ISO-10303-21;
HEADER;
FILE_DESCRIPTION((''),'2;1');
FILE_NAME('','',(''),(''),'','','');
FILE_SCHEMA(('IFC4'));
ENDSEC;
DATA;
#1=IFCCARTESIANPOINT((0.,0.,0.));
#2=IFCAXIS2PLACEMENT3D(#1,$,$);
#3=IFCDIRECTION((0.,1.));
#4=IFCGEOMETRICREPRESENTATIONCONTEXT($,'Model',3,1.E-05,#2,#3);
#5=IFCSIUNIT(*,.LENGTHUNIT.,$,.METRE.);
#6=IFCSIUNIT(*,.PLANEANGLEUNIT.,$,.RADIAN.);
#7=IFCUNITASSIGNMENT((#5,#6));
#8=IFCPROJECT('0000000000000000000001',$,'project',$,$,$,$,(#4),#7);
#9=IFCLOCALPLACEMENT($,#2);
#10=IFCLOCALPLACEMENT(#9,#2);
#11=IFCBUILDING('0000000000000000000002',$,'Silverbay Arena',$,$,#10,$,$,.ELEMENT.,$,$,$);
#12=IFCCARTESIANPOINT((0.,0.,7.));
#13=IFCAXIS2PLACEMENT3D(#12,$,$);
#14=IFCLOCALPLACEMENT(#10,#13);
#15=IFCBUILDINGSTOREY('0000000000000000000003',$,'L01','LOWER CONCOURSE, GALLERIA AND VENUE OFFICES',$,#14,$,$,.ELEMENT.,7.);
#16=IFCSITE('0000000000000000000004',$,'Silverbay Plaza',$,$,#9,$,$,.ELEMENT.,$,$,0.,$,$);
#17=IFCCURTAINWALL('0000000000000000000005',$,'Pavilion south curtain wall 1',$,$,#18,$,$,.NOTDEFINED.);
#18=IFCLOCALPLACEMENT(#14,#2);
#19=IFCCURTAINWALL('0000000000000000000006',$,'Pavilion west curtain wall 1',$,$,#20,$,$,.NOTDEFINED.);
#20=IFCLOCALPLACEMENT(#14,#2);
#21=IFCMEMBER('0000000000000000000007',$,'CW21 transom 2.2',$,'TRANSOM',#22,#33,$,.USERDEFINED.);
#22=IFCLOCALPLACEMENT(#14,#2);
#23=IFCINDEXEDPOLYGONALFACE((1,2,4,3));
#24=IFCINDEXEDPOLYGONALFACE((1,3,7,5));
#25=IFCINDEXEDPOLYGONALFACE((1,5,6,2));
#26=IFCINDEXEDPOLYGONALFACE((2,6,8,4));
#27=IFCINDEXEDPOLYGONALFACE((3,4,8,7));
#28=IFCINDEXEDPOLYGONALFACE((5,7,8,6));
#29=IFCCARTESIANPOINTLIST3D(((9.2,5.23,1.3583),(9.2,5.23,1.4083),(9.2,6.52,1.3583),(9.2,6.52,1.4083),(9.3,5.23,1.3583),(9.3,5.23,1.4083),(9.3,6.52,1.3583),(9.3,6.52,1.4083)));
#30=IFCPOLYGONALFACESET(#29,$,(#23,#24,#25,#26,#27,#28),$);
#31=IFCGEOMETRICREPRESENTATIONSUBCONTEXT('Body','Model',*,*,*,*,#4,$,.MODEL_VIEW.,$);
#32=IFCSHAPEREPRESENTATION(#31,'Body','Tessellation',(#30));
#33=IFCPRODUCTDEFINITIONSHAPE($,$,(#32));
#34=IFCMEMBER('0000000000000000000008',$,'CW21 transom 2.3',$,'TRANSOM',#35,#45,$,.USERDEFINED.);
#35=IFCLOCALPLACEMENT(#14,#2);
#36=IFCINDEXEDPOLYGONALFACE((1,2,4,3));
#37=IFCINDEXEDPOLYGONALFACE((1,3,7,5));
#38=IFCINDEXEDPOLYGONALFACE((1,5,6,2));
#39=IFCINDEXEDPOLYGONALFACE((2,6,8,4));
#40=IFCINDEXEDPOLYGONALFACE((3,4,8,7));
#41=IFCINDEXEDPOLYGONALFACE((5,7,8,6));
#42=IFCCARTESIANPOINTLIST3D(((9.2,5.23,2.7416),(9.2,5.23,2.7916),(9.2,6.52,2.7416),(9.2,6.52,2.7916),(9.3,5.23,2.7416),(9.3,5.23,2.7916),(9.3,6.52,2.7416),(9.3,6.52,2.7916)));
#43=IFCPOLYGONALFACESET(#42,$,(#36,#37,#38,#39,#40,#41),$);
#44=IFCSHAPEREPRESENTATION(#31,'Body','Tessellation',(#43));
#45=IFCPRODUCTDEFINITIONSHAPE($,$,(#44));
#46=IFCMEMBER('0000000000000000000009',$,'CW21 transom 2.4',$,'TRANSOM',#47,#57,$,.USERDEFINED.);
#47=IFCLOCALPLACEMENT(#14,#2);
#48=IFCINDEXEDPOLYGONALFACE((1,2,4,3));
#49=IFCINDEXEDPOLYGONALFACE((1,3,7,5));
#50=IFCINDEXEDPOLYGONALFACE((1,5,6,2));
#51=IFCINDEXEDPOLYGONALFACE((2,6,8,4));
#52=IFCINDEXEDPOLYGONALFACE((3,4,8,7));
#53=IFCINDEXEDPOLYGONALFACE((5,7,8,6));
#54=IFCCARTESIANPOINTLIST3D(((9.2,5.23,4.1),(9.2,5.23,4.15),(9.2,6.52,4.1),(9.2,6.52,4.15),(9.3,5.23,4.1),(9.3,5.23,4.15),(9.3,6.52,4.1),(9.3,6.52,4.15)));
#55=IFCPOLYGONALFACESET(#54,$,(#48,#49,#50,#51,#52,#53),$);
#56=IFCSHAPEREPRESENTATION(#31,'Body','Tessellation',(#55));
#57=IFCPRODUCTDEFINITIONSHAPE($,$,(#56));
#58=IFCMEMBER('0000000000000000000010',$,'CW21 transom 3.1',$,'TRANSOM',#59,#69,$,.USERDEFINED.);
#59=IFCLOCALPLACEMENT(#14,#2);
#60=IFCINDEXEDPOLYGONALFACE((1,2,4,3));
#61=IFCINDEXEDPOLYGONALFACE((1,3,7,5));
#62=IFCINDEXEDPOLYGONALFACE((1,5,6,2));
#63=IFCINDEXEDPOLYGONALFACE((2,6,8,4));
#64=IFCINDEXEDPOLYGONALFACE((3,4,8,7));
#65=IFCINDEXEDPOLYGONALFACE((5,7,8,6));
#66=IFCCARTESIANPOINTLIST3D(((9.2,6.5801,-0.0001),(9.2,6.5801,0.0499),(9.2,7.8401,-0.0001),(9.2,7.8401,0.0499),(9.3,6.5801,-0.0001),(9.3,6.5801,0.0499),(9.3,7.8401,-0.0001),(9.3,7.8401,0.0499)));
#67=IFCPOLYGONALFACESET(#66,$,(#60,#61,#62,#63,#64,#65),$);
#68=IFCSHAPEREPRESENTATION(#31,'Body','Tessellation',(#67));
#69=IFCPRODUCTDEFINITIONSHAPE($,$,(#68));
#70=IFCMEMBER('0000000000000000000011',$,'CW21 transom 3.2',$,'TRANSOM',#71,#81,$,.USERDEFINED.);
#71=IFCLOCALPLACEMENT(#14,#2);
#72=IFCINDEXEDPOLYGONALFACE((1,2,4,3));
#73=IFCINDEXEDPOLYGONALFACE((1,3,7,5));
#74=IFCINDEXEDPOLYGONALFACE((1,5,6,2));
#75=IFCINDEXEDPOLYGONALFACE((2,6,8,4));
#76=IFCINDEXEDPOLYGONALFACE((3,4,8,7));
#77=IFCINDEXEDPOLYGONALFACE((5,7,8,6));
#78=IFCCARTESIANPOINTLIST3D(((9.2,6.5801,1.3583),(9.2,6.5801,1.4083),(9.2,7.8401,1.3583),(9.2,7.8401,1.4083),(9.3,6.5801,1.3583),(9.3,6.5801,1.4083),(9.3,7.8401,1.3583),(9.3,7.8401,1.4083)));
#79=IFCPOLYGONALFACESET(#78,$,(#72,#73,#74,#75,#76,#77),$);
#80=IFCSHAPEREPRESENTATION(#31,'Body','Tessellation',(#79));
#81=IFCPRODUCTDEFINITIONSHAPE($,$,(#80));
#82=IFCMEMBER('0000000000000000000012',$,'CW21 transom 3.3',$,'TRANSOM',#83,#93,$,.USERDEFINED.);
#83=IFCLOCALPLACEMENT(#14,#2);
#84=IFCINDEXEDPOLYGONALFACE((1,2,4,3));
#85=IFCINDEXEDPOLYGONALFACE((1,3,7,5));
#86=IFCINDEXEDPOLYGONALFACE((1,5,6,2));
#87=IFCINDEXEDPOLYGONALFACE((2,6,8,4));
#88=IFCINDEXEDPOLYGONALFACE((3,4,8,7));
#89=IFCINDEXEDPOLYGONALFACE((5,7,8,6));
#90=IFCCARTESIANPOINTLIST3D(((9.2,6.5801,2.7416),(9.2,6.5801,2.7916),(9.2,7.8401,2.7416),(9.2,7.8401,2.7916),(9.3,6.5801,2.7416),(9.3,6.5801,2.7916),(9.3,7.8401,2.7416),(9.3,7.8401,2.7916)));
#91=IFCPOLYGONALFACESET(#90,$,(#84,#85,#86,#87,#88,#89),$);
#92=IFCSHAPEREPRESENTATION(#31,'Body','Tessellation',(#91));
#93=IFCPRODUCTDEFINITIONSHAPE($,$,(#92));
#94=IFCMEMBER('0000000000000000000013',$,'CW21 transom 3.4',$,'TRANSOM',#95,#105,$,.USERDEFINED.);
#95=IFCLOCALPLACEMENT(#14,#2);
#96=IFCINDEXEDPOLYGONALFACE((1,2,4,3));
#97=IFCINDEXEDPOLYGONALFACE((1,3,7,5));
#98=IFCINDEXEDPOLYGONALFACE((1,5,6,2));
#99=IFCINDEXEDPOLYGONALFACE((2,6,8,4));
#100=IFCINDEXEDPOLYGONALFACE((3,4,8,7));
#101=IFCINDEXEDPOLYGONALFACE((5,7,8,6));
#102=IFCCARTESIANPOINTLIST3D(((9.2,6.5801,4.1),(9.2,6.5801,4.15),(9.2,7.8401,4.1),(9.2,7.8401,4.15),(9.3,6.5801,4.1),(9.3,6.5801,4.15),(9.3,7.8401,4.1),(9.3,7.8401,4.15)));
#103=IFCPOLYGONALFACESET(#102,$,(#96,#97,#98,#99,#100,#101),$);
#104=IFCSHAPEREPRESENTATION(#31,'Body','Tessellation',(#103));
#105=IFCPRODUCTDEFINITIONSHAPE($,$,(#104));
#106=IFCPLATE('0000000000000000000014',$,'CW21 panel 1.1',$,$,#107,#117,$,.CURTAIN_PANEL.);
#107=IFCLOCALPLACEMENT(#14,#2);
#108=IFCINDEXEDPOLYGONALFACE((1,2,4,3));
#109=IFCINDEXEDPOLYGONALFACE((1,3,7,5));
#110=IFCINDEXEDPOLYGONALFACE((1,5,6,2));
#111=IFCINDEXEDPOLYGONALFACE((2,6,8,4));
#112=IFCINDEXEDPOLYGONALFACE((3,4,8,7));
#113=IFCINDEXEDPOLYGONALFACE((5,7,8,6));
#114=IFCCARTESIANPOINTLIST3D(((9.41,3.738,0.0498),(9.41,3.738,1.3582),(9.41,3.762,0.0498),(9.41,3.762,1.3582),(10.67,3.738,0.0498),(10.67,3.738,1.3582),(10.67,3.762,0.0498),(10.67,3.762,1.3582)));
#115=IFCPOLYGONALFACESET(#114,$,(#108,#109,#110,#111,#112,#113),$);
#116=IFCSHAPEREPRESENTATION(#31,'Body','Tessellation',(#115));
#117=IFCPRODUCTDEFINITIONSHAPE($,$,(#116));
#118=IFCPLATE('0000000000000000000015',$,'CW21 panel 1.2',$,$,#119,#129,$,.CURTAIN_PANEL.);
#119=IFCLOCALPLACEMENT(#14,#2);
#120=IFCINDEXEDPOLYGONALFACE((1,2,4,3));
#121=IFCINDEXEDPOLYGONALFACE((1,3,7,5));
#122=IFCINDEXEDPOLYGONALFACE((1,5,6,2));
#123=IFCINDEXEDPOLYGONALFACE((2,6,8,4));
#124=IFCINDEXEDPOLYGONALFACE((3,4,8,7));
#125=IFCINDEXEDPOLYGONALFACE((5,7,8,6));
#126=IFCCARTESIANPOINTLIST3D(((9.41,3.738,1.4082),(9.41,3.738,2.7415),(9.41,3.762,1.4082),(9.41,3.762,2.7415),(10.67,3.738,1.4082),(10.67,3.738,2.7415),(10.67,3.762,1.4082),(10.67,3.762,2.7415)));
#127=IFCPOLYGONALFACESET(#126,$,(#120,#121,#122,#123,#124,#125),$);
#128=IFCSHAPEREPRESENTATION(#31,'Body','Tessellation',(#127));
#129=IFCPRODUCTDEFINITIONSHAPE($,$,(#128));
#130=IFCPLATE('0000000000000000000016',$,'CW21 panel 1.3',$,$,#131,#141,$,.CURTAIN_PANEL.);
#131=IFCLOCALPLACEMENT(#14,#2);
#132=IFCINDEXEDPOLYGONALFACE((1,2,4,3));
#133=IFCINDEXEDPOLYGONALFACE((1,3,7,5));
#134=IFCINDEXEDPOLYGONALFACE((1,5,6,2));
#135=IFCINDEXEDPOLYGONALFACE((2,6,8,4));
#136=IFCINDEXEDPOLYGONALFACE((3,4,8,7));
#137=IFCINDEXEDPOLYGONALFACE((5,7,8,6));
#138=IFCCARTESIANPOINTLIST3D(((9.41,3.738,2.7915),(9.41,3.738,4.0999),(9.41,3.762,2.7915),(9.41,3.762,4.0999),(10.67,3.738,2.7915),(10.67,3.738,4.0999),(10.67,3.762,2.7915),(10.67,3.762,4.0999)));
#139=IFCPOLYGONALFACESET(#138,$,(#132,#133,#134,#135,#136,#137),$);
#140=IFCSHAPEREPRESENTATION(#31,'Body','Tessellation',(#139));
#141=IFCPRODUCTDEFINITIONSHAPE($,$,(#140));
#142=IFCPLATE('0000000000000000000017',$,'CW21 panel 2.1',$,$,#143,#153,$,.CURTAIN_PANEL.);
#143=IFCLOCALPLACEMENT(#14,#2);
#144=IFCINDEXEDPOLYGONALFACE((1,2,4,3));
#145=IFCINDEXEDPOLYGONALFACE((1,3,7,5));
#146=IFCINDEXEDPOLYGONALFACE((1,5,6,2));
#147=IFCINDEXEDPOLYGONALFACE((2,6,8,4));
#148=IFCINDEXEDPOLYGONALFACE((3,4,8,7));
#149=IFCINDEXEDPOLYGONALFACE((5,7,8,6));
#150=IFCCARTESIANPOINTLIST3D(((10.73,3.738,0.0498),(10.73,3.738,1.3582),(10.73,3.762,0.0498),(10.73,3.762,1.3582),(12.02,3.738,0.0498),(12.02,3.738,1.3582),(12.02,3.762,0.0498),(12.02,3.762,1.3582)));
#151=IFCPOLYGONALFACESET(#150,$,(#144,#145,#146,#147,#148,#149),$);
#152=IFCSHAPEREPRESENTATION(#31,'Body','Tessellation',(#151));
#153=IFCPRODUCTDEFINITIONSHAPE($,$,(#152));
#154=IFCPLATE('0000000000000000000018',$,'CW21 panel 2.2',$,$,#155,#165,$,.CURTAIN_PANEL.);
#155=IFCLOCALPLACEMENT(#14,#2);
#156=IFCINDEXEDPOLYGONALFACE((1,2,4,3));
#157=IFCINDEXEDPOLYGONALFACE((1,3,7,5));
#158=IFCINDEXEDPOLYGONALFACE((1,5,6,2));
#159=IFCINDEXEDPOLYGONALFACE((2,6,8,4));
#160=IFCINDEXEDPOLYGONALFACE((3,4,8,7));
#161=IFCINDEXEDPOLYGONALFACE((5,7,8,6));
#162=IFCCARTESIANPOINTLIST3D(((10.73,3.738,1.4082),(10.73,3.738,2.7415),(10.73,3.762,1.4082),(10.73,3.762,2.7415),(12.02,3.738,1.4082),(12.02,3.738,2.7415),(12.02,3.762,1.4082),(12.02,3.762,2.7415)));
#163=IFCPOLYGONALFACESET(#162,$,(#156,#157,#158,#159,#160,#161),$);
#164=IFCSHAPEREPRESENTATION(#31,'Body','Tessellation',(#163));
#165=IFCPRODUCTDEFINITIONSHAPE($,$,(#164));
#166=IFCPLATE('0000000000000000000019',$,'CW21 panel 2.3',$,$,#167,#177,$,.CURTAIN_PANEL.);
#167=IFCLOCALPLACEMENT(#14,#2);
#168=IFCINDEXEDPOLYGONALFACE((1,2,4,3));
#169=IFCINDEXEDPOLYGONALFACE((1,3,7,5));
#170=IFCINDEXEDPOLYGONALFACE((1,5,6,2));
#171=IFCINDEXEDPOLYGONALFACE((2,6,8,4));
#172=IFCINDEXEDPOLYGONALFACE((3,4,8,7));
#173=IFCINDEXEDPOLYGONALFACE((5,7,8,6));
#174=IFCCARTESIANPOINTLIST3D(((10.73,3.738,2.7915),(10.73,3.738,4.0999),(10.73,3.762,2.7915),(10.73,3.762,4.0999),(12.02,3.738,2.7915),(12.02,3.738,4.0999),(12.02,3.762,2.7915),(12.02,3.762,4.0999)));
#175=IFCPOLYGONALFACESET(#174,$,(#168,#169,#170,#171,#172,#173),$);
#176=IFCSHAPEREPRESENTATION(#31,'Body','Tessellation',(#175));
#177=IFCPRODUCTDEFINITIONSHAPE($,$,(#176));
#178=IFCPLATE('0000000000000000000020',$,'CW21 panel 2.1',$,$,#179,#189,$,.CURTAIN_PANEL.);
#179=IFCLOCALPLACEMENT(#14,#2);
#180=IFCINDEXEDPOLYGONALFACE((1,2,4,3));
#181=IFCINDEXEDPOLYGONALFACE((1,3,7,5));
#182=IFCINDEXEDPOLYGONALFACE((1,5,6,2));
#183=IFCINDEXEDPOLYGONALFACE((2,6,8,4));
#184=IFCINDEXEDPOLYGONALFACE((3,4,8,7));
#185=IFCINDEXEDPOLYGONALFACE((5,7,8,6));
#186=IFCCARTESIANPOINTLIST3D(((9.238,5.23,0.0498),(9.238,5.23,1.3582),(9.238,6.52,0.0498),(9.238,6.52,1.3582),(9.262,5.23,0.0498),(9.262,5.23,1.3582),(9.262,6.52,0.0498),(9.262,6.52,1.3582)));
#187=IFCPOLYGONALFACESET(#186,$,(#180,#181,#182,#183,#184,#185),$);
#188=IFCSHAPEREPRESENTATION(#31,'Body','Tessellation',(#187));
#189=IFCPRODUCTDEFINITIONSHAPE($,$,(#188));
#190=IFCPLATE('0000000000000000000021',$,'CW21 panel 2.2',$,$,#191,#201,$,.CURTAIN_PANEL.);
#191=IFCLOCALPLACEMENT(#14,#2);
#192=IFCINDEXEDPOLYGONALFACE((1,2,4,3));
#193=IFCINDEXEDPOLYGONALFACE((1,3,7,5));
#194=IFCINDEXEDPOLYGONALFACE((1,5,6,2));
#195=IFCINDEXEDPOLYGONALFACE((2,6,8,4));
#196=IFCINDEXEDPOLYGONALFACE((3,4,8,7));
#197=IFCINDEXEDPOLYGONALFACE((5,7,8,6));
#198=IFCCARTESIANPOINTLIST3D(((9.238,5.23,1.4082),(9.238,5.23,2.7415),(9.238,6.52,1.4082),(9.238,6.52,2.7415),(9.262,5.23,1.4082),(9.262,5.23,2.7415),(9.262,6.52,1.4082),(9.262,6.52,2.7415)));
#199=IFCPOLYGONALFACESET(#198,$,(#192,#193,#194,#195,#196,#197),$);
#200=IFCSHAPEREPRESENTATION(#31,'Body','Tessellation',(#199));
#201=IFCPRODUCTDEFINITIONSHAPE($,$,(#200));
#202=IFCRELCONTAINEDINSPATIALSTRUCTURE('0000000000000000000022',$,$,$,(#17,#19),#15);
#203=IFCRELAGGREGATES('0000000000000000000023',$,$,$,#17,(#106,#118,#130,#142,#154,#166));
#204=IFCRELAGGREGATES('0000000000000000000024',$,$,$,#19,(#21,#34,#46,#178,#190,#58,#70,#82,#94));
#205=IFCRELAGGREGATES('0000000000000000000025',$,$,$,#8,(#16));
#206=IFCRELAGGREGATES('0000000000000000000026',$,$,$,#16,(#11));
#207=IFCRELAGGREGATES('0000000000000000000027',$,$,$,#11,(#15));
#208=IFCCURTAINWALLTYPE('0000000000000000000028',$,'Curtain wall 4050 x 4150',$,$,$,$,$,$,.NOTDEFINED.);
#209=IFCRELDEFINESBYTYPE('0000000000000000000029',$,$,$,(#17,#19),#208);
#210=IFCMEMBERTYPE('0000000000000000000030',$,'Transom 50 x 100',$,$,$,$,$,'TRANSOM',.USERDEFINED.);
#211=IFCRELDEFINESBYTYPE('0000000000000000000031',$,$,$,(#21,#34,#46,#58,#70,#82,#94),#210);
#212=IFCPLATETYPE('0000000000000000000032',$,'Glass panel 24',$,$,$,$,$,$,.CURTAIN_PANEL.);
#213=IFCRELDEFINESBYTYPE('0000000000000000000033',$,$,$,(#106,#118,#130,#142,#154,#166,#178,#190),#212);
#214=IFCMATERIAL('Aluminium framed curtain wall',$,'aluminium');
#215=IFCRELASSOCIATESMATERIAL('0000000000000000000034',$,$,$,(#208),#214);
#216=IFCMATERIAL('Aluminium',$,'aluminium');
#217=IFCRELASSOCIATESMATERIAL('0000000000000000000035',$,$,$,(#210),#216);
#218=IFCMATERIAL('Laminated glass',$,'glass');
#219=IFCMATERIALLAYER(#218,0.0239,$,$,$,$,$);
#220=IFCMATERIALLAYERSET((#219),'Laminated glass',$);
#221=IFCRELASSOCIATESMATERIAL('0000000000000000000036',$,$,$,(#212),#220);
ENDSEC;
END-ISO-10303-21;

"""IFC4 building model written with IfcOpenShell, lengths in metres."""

from ifc_helpers import new_model, si_unit, direction, frame, origin, origin_2d, place, context, subcontext, project, spatial, rectangle, extrude, material, layer, layer_set, material_profile, profile_set, type_object, element, aggregate, save


model = new_model("IFC4")

# Units and contexts
model_context = context("Model", 3, precision=1e-05, world=origin(), true_north=direction((0.0, 1.0)))
body_context = subcontext(model_context, "Body", "Model", "MODEL_VIEW")
ifc_project = project(units=[si_unit("LENGTHUNIT", "METRE"), si_unit("PLANEANGLEUNIT", "RADIAN")], contexts=[model_context])

# Site, building, storey
site_placement = place(None, origin())
site = spatial("IfcSite", under=ifc_project, at=site_placement, Name="Silverbay Plaza", CompositionType="ELEMENT", RefElevation=0.0)
building_placement = place(site_placement, origin())
building = spatial("IfcBuilding", under=site, at=building_placement, Name="Silverbay Arena", CompositionType="ELEMENT")
storey_placement = place(building_placement, frame((0.0, 0.0, 7.0)))
storey = spatial("IfcBuildingStorey", under=building, at=storey_placement, Name="L01", Description="LOWER CONCOURSE, GALLERIA AND VENUE OFFICES", CompositionType="ELEMENT", Elevation=7.0)

# Curtain walls
ifc_material_1 = material(Name="Aluminium framed curtain wall", Category="aluminium")
curtain_wall_type = type_object("IfcCurtainWallType", Name="Curtain wall 4050 x 4150", PredefinedType="NOTDEFINED", material=ifc_material_1)
curtain_wall_1_placement = place(storey_placement, origin())
curtain_wall_1 = element("IfcCurtainWall", 1, at=curtain_wall_1_placement, inside=storey, type_object=curtain_wall_type, Name="Pavilion south curtain wall 1", PredefinedType="NOTDEFINED")
curtain_wall_2_placement = place(storey_placement, origin())
curtain_wall_2 = element("IfcCurtainWall", 2, at=curtain_wall_2_placement, inside=storey, type_object=curtain_wall_type, Name="Pavilion west curtain wall 1", PredefinedType="NOTDEFINED")

# Members
ifc_material_2 = material(Name="Aluminium", Category="aluminium")
ifc_material_profile_1 = material_profile(ifc_material_2, rectangle(XDim=0.1001, YDim=0.05, at=origin_2d()), Name="Transom 50 x 100")
ifc_profile_set_1 = profile_set([ifc_material_profile_1], Name="Aluminium")
member_type_1 = type_object("IfcMemberType", Name="Transom 50 x 100", ElementType="TRANSOM", PredefinedType="USERDEFINED", material=ifc_profile_set_1)
member_1_placement = place(storey_placement, frame((9.25, 5.23, 1.3833), z_axis=(0.0, 1.0, 0.0), x_axis=(-1.0, 0.0, 0.0)))
member_1 = element("IfcMember", 3, at=member_1_placement, type_object=member_type_1, Name="CW21 transom 2.2", ObjectType="TRANSOM", PredefinedType="USERDEFINED", context=body_context, shape_type="SweptSolid", body=[
    extrude(rectangle(XDim=0.1001, YDim=0.05, at=origin_2d()), origin(), (0.0, 0.0, 1.0), 1.29),
])
member_2_placement = place(storey_placement, frame((9.25, 5.23, 2.7666), z_axis=(0.0, 1.0, 0.0), x_axis=(-1.0, 0.0, 0.0)))
member_2 = element("IfcMember", 4, at=member_2_placement, type_object=member_type_1, Name="CW21 transom 2.3", ObjectType="TRANSOM", PredefinedType="USERDEFINED", context=body_context, shape_type="SweptSolid", body=[
    extrude(rectangle(XDim=0.1001, YDim=0.05, at=origin_2d()), origin(), (0.0, 0.0, 1.0), 1.29),
])
member_3_placement = place(storey_placement, frame((9.25, 5.23, 4.125), z_axis=(0.0, 1.0, 0.0), x_axis=(-1.0, 0.0, 0.0)))
member_3 = element("IfcMember", 5, at=member_3_placement, type_object=member_type_1, Name="CW21 transom 2.4", ObjectType="TRANSOM", PredefinedType="USERDEFINED", context=body_context, shape_type="SweptSolid", body=[
    extrude(rectangle(XDim=0.1001, YDim=0.05, at=origin_2d()), origin(), (0.0, 0.0, 1.0), 1.29),
])
member_4_placement = place(storey_placement, frame((9.25, 6.5801, 0.0249), z_axis=(0.0, 1.0, 0.0), x_axis=(-1.0, 0.0, 0.0)))
member_4 = element("IfcMember", 6, at=member_4_placement, type_object=member_type_1, Name="CW21 transom 3.1", ObjectType="TRANSOM", PredefinedType="USERDEFINED", context=body_context, shape_type="SweptSolid", body=[
    extrude(rectangle(XDim=0.1001, YDim=0.05, at=origin_2d()), origin(), (0.0, 0.0, 1.0), 1.26),
])
member_5_placement = place(storey_placement, frame((9.25, 6.5801, 1.3833), z_axis=(0.0, 1.0, 0.0), x_axis=(-1.0, 0.0, 0.0)))
member_5 = element("IfcMember", 7, at=member_5_placement, type_object=member_type_1, Name="CW21 transom 3.2", ObjectType="TRANSOM", PredefinedType="USERDEFINED", context=body_context, shape_type="SweptSolid", body=[
    extrude(rectangle(XDim=0.1001, YDim=0.05, at=origin_2d()), origin(), (0.0, 0.0, 1.0), 1.26),
])
member_6_placement = place(storey_placement, frame((9.25, 6.5801, 2.7666), z_axis=(0.0, 1.0, 0.0), x_axis=(-1.0, 0.0, 0.0)))
member_6 = element("IfcMember", 8, at=member_6_placement, type_object=member_type_1, Name="CW21 transom 3.3", ObjectType="TRANSOM", PredefinedType="USERDEFINED", context=body_context, shape_type="SweptSolid", body=[
    extrude(rectangle(XDim=0.1001, YDim=0.05, at=origin_2d()), origin(), (0.0, 0.0, 1.0), 1.26),
])
member_7_placement = place(storey_placement, frame((9.25, 6.5801, 4.125), z_axis=(0.0, 1.0, 0.0), x_axis=(-1.0, 0.0, 0.0)))
member_7 = element("IfcMember", 9, at=member_7_placement, type_object=member_type_1, Name="CW21 transom 3.4", ObjectType="TRANSOM", PredefinedType="USERDEFINED", context=body_context, shape_type="SweptSolid", body=[
    extrude(rectangle(XDim=0.1001, YDim=0.05, at=origin_2d()), origin(), (0.0, 0.0, 1.0), 1.26),
])

# Plates
ifc_material_3 = material(Name="Laminated glass", Category="glass")
ifc_layer = layer(ifc_material_3, 0.0239)
ifc_layer_set = layer_set([ifc_layer], Name="Laminated glass")
plate_type = type_object("IfcPlateType", Name="Glass panel 24", PredefinedType="CURTAIN_PANEL", material=ifc_layer_set)
plate_1_placement = place(storey_placement, frame((10.04, 3.75, 0.0498), z_axis=(0.0, 0.0, 1.0), x_axis=(1.0, 0.0, 0.0)))
plate_1 = element("IfcPlate", 10, at=plate_1_placement, type_object=plate_type, Name="CW21 panel 1.1", PredefinedType="CURTAIN_PANEL", context=body_context, shape_type="SweptSolid", body=[
    extrude(rectangle(XDim=1.26, YDim=0.0239, at=origin_2d()), origin(), (0.0, 0.0, 1.0), 1.3083),
])
plate_2_placement = place(storey_placement, frame((10.04, 3.75, 1.4082), z_axis=(0.0, 0.0, 1.0), x_axis=(1.0, 0.0, 0.0)))
plate_2 = element("IfcPlate", 11, at=plate_2_placement, type_object=plate_type, Name="CW21 panel 1.2", PredefinedType="CURTAIN_PANEL", context=body_context, shape_type="SweptSolid", body=[
    extrude(rectangle(XDim=1.26, YDim=0.0239, at=origin_2d()), origin(), (0.0, 0.0, 1.0), 1.3333),
])
plate_3_placement = place(storey_placement, frame((10.04, 3.75, 2.7915), z_axis=(0.0, 0.0, 1.0), x_axis=(1.0, 0.0, 0.0)))
plate_3 = element("IfcPlate", 12, at=plate_3_placement, type_object=plate_type, Name="CW21 panel 1.3", PredefinedType="CURTAIN_PANEL", context=body_context, shape_type="SweptSolid", body=[
    extrude(rectangle(XDim=1.26, YDim=0.0239, at=origin_2d()), origin(), (0.0, 0.0, 1.0), 1.3083),
])
plate_4_placement = place(storey_placement, frame((11.375, 3.75, 0.0498), z_axis=(0.0, 0.0, 1.0), x_axis=(1.0, 0.0, 0.0)))
plate_4 = element("IfcPlate", 13, at=plate_4_placement, type_object=plate_type, Name="CW21 panel 2.1", PredefinedType="CURTAIN_PANEL", context=body_context, shape_type="SweptSolid", body=[
    extrude(rectangle(XDim=1.29, YDim=0.0239, at=origin_2d()), origin(), (0.0, 0.0, 1.0), 1.3083),
])
plate_5_placement = place(storey_placement, frame((11.375, 3.75, 1.4082), z_axis=(0.0, 0.0, 1.0), x_axis=(1.0, 0.0, 0.0)))
plate_5 = element("IfcPlate", 14, at=plate_5_placement, type_object=plate_type, Name="CW21 panel 2.2", PredefinedType="CURTAIN_PANEL", context=body_context, shape_type="SweptSolid", body=[
    extrude(rectangle(XDim=1.29, YDim=0.0239, at=origin_2d()), origin(), (0.0, 0.0, 1.0), 1.3333),
])
plate_6_placement = place(storey_placement, frame((11.375, 3.75, 2.7915), z_axis=(0.0, 0.0, 1.0), x_axis=(1.0, 0.0, 0.0)))
plate_6 = element("IfcPlate", 15, at=plate_6_placement, type_object=plate_type, Name="CW21 panel 2.3", PredefinedType="CURTAIN_PANEL", context=body_context, shape_type="SweptSolid", body=[
    extrude(rectangle(XDim=1.29, YDim=0.0239, at=origin_2d()), origin(), (0.0, 0.0, 1.0), 1.3083),
])
aggregate(curtain_wall_1, [plate_1, plate_2, plate_3, plate_4, plate_5, plate_6])
plate_7_placement = place(storey_placement, frame((9.25, 5.875, 0.0498), z_axis=(0.0, 0.0, 1.0), x_axis=(0.0, 1.0, 0.0)))
plate_7 = element("IfcPlate", 16, at=plate_7_placement, type_object=plate_type, Name="CW21 panel 2.1", PredefinedType="CURTAIN_PANEL", context=body_context, shape_type="SweptSolid", body=[
    extrude(rectangle(XDim=1.29, YDim=0.0239, at=origin_2d()), origin(), (0.0, 0.0, 1.0), 1.3083),
])
plate_8_placement = place(storey_placement, frame((9.25, 5.875, 1.4082), z_axis=(0.0, 0.0, 1.0), x_axis=(0.0, 1.0, 0.0)))
plate_8 = element("IfcPlate", 17, at=plate_8_placement, type_object=plate_type, Name="CW21 panel 2.2", PredefinedType="CURTAIN_PANEL", context=body_context, shape_type="SweptSolid", body=[
    extrude(rectangle(XDim=1.29, YDim=0.0239, at=origin_2d()), origin(), (0.0, 0.0, 1.0), 1.3333),
])
aggregate(curtain_wall_2, [member_1, member_2, member_3, plate_7, plate_8, member_4, member_5, member_6, member_7])

save(model, "model.ifc")
